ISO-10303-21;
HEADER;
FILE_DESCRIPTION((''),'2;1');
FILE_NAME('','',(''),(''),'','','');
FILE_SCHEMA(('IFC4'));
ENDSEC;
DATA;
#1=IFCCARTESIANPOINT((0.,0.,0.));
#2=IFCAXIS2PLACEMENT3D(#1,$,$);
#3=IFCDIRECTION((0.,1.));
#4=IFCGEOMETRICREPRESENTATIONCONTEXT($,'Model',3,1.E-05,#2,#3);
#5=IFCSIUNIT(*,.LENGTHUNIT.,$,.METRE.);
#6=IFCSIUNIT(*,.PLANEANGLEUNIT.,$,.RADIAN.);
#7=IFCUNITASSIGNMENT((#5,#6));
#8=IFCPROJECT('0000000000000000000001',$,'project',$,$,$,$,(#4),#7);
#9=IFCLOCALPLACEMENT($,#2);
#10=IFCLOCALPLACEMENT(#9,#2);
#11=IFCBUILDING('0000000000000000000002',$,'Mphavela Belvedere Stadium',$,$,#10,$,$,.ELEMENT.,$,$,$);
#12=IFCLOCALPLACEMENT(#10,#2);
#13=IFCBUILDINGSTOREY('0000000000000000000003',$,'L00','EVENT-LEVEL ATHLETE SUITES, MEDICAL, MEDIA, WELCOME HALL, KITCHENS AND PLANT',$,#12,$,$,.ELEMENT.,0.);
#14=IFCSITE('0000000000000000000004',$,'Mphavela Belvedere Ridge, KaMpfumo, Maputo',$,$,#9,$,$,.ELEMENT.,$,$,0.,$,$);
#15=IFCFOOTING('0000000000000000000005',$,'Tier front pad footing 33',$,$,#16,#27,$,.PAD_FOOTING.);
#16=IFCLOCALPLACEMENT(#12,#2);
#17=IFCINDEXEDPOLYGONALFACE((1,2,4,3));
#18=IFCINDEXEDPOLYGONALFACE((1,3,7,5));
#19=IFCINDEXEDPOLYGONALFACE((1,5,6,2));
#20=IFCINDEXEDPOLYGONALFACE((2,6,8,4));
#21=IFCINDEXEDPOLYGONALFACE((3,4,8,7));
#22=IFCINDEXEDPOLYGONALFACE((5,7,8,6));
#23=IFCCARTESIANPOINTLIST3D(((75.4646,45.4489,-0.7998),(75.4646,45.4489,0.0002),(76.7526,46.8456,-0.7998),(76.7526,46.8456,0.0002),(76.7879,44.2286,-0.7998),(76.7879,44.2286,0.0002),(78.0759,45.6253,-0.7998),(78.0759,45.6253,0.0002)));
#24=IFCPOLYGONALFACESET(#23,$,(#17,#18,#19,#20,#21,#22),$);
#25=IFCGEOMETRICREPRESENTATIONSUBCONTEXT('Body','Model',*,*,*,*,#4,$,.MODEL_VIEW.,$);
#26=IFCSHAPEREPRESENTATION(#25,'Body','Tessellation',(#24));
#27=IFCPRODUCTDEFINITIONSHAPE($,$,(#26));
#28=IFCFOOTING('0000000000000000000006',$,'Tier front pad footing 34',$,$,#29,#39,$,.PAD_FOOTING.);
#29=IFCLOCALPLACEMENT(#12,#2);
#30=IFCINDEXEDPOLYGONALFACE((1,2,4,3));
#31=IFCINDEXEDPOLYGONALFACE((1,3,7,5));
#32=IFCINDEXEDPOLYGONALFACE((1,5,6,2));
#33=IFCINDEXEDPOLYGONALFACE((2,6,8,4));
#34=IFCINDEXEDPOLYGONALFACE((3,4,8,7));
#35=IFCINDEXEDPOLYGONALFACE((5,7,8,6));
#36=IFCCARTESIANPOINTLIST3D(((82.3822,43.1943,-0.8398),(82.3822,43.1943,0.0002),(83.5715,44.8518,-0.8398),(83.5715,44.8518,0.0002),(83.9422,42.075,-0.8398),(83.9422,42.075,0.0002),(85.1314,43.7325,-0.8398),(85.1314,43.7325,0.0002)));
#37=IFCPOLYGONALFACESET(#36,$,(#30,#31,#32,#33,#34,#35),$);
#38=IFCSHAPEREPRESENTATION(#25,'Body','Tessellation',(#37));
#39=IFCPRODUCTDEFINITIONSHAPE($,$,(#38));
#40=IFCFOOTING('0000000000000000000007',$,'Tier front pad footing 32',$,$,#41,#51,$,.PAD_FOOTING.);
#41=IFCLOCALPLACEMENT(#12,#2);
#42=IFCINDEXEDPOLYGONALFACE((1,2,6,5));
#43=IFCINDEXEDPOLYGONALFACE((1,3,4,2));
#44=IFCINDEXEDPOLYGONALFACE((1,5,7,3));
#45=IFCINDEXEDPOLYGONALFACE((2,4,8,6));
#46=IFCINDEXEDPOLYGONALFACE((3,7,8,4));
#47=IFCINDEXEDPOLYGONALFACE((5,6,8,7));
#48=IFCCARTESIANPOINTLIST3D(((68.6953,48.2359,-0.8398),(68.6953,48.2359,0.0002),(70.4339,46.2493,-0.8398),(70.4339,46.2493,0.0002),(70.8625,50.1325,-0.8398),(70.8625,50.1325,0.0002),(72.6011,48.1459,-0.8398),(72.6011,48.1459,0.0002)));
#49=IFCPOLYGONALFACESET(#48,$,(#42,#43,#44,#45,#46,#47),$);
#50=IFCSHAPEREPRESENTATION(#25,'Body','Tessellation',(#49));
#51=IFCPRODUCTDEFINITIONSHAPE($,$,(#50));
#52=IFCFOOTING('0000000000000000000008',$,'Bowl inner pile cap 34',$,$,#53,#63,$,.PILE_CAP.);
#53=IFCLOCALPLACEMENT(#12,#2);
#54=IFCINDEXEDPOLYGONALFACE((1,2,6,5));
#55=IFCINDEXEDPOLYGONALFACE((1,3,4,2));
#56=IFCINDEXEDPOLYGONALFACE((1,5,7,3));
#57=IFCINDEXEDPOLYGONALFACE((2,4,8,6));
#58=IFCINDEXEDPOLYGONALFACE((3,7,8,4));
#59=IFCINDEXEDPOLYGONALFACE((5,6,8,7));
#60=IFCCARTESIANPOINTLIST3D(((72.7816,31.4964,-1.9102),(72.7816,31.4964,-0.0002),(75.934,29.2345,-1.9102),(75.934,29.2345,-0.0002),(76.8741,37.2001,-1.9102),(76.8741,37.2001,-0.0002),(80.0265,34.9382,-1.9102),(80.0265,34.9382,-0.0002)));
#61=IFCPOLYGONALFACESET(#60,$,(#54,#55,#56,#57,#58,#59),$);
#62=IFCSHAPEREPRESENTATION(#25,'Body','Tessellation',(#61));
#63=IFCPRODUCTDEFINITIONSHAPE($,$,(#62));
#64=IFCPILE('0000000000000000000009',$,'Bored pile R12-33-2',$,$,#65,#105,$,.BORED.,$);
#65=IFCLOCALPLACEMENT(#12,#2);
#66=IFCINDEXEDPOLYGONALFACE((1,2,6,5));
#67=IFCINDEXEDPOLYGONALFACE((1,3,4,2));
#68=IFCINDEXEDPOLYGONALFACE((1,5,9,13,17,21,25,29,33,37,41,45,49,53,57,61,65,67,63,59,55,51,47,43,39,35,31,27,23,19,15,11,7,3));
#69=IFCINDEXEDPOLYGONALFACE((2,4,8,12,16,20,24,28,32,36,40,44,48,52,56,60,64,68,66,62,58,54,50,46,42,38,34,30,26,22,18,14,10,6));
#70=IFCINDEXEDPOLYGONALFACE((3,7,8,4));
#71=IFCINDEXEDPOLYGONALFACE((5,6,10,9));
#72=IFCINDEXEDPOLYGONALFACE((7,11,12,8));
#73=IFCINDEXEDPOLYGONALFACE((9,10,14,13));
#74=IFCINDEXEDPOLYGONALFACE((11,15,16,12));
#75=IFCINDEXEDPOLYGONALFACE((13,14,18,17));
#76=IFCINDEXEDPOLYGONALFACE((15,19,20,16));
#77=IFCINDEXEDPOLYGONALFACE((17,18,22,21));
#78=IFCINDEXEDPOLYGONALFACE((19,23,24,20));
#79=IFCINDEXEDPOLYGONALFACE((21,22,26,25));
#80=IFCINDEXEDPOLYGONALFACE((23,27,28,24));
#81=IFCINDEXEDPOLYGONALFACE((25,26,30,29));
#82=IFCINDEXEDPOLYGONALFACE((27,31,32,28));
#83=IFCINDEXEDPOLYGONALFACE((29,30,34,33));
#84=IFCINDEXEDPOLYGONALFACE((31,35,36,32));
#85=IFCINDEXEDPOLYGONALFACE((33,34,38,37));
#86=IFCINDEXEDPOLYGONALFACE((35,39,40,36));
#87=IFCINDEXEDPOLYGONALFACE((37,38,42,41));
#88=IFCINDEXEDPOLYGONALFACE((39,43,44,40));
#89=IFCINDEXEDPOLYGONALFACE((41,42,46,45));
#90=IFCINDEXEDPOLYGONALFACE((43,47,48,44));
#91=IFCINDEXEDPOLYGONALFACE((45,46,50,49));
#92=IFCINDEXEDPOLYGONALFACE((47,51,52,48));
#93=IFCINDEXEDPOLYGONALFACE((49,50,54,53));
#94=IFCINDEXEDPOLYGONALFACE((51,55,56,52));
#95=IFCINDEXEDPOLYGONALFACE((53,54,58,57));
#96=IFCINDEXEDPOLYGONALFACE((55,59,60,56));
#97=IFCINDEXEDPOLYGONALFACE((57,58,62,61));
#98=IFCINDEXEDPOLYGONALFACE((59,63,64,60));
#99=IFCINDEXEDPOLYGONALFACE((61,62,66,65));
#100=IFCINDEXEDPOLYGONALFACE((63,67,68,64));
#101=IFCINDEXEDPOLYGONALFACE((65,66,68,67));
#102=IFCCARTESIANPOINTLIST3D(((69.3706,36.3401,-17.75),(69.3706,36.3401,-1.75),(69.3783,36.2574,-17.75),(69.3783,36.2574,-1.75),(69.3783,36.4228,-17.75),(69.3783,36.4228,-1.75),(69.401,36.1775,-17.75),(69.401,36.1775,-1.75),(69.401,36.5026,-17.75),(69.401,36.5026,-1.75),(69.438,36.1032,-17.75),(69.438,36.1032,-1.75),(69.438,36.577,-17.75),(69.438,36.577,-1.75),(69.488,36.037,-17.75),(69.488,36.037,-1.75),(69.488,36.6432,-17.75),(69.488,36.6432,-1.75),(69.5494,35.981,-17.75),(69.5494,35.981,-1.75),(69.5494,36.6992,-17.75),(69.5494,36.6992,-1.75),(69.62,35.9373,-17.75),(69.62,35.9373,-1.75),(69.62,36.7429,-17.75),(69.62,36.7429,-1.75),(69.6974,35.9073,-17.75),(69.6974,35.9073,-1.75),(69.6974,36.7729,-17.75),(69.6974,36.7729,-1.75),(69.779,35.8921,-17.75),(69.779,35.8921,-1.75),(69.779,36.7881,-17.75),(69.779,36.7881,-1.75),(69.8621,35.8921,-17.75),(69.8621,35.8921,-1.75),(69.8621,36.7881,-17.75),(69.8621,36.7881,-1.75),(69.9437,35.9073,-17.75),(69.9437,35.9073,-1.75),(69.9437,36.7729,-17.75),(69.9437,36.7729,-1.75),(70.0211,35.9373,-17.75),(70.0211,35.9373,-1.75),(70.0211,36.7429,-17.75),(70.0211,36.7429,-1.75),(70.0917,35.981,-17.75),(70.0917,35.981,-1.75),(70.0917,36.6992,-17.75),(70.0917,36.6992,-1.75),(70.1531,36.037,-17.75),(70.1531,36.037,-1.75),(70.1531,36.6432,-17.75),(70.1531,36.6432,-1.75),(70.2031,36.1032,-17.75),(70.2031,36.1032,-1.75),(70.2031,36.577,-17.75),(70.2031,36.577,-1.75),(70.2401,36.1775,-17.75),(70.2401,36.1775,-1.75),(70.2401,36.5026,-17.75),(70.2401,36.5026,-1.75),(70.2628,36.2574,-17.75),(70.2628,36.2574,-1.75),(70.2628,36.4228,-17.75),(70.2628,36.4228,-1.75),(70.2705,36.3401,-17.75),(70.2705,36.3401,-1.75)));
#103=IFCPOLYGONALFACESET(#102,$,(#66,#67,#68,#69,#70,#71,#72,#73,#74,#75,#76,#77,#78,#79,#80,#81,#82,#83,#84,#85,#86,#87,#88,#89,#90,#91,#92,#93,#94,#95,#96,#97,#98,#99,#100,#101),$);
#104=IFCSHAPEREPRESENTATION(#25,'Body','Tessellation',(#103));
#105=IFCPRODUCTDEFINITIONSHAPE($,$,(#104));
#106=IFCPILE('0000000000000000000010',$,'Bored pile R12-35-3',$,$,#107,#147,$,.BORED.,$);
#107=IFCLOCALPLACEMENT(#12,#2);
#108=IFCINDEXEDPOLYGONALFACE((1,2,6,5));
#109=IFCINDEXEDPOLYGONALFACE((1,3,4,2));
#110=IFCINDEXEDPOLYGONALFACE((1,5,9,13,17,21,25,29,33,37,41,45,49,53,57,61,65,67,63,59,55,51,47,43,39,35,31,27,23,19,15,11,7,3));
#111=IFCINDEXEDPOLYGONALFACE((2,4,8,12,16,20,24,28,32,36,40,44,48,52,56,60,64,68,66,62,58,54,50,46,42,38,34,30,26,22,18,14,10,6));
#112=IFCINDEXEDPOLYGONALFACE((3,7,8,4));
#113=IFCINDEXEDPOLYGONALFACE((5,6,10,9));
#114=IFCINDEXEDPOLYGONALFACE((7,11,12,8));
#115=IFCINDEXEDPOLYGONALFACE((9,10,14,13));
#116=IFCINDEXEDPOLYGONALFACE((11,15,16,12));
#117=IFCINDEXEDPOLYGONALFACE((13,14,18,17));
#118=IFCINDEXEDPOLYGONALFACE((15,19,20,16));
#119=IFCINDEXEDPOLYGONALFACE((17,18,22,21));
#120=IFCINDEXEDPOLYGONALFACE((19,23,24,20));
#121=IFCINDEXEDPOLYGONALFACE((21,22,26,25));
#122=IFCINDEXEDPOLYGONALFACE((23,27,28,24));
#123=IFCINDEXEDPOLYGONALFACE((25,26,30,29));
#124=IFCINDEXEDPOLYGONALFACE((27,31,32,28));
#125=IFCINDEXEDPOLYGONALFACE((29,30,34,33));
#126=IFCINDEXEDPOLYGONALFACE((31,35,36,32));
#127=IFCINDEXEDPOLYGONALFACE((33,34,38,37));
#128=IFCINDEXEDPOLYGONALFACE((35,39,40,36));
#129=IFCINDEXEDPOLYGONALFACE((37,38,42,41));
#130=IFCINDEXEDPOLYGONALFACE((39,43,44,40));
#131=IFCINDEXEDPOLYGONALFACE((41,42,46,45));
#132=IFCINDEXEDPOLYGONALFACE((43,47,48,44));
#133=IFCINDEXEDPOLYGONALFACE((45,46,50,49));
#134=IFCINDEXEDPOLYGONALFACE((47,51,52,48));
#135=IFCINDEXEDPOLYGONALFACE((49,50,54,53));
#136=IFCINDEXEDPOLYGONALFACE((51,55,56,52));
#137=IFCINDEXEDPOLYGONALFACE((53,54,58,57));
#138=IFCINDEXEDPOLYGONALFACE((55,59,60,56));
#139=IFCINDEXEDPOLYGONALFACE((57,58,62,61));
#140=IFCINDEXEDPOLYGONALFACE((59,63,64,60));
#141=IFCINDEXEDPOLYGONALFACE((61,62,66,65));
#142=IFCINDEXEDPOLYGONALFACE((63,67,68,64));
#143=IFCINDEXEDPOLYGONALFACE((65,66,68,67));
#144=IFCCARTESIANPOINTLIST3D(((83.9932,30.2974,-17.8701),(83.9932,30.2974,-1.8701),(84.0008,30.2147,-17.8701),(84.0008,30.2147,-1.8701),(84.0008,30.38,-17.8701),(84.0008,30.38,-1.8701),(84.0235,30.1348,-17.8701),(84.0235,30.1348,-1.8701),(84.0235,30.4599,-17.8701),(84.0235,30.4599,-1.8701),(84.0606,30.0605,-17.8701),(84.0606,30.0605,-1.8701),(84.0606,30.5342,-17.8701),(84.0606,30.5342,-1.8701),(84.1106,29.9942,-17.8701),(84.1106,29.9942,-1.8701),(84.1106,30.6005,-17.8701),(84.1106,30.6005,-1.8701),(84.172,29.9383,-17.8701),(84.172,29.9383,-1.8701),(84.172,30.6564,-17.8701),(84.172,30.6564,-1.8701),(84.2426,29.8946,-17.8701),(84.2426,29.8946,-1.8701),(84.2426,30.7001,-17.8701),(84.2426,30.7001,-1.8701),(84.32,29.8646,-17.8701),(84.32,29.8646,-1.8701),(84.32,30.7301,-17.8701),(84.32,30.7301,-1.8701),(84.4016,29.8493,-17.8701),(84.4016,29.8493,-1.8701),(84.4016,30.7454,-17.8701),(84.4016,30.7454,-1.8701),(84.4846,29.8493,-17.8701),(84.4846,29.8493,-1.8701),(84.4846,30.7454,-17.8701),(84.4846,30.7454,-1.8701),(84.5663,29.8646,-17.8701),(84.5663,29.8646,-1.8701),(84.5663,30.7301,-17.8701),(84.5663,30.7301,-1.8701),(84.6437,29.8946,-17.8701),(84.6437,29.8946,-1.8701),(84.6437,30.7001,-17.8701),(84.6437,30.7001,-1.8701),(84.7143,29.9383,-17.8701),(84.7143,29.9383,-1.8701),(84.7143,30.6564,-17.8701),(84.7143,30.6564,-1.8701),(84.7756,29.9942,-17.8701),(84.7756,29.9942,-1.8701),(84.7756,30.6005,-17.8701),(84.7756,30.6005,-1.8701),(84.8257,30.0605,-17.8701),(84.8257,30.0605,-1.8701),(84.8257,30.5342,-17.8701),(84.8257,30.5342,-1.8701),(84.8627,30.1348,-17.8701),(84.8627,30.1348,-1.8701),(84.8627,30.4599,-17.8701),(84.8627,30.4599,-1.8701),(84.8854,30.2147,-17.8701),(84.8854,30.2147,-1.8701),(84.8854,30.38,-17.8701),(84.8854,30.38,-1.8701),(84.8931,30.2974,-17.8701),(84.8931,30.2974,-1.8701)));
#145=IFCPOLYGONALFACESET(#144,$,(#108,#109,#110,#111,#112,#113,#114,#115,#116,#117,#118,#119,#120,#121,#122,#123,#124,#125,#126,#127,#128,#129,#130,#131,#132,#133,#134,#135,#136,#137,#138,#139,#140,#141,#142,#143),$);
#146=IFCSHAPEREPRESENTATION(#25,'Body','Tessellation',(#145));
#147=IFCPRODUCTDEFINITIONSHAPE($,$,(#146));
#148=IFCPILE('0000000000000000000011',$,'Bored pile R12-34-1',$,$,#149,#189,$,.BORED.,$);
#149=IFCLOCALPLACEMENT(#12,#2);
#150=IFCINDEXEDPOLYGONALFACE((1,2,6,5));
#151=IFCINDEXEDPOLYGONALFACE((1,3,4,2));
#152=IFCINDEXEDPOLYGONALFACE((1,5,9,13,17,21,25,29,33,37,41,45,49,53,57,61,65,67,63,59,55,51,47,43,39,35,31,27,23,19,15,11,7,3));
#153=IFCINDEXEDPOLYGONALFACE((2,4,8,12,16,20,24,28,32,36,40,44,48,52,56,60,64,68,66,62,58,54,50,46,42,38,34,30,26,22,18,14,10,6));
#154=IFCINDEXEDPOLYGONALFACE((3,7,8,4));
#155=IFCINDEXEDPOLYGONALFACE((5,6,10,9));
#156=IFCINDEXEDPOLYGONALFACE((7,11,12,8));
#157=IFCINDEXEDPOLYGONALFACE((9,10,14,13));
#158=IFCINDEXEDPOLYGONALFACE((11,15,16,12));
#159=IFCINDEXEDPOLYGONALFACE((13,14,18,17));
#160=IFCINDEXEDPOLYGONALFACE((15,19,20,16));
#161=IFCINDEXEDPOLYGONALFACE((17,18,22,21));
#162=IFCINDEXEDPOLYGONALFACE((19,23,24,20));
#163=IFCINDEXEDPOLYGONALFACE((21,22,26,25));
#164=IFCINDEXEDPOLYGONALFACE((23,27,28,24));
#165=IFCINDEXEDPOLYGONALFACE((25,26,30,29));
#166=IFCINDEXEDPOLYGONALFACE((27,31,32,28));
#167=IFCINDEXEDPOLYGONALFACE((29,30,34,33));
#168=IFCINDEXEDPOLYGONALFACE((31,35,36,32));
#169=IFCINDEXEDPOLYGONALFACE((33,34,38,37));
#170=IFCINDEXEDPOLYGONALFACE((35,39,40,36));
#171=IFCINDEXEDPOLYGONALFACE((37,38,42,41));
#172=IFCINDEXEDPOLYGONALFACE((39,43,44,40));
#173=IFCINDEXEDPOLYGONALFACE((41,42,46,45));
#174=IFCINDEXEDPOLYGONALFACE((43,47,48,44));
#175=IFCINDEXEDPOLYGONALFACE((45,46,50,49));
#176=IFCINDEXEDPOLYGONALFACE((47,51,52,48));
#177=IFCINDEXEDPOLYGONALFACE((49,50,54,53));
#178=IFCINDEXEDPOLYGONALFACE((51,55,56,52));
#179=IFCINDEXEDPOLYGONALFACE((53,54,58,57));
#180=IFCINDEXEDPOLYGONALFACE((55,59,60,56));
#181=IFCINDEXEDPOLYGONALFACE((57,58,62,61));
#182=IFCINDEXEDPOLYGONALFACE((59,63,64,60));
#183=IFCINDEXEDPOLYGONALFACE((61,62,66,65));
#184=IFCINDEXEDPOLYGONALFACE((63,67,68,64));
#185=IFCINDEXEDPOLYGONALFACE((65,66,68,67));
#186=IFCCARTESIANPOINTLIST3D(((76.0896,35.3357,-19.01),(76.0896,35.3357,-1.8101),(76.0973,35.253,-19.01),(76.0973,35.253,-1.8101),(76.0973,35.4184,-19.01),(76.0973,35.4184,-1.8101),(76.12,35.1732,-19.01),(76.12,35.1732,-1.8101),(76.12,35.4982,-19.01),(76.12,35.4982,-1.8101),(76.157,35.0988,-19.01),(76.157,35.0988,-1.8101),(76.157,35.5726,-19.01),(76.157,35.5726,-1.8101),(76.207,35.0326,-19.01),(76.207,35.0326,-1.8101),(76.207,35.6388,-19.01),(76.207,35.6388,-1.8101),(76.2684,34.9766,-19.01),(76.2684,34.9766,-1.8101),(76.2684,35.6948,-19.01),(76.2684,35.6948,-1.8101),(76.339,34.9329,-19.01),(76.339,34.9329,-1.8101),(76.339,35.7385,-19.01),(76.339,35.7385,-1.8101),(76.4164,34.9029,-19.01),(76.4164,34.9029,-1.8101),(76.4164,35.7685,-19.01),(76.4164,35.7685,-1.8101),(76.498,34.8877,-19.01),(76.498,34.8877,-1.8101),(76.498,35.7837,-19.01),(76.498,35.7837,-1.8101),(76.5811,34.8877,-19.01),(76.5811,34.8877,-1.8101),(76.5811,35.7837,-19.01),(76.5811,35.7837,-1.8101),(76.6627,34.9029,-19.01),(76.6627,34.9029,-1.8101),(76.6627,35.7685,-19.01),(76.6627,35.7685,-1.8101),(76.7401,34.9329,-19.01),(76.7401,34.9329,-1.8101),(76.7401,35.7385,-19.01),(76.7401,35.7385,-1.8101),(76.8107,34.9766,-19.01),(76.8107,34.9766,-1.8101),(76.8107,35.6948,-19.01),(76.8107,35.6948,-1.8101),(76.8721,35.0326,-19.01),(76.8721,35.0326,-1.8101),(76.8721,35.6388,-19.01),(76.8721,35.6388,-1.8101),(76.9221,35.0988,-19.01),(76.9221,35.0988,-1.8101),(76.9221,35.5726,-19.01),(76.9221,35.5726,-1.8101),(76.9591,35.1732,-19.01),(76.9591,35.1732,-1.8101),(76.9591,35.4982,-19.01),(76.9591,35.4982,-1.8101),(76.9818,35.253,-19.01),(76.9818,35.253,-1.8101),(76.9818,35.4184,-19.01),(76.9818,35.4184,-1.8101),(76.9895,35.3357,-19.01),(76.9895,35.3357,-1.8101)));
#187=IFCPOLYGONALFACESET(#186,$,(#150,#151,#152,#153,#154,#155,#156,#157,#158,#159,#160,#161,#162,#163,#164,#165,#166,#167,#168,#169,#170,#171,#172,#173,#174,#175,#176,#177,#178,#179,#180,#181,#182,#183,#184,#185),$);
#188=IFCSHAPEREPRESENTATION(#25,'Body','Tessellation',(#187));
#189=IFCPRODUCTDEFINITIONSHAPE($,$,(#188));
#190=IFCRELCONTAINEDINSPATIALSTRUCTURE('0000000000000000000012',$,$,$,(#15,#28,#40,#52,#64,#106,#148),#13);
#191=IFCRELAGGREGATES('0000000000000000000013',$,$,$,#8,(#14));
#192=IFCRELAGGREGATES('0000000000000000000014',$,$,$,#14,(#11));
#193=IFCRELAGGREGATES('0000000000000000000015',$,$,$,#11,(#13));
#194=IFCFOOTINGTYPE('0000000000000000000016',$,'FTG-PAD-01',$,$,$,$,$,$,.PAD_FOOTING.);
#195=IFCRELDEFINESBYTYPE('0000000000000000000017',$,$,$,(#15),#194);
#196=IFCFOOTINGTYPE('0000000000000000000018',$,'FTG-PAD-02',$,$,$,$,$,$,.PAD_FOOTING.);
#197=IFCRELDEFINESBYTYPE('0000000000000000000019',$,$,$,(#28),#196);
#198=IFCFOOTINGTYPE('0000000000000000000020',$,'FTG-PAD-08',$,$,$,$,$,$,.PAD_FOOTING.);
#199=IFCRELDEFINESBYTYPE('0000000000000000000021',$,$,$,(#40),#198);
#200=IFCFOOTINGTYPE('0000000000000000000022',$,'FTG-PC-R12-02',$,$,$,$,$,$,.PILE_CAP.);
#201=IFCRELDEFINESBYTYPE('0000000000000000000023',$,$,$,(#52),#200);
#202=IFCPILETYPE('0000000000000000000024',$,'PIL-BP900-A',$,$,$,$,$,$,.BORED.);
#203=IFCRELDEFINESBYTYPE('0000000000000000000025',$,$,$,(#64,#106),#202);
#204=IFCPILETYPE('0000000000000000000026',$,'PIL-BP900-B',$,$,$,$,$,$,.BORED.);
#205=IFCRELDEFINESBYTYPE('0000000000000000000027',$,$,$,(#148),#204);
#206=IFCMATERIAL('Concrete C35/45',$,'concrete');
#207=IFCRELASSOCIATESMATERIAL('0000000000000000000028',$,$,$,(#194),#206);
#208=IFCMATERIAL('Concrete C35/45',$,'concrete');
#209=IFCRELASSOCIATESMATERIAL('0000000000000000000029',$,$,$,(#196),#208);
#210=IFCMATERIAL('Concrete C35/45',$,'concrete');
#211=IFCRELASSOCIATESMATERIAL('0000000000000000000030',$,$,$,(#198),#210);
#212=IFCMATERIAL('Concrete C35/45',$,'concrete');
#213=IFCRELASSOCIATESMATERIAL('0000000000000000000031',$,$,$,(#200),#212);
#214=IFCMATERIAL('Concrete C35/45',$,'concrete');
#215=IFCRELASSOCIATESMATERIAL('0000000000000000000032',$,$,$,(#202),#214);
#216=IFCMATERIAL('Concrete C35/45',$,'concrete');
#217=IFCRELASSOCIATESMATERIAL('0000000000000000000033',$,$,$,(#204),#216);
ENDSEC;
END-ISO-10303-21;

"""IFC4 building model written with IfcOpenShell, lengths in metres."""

from ifc_helpers import new_model, si_unit, direction, frame, origin, origin_2d, place, context, subcontext, project, spatial, rectangle, circle, extrude, material, material_profile, profile_set, type_object, element, save


model = new_model("IFC4")

# Units and contexts
model_context = context("Model", 3, precision=1e-05, world=origin(), true_north=direction((0.0, 1.0)))
body_context = subcontext(model_context, "Body", "Model", "MODEL_VIEW")
ifc_project = project(units=[si_unit("LENGTHUNIT", "METRE"), si_unit("PLANEANGLEUNIT", "RADIAN")], contexts=[model_context])

# Site, building, storey
site_placement = place(None, origin())
site = spatial("IfcSite", under=ifc_project, at=site_placement, Name="Mphavela Belvedere Ridge, KaMpfumo, Maputo", CompositionType="ELEMENT", RefElevation=0.0)
building_placement = place(site_placement, origin())
building = spatial("IfcBuilding", under=site, at=building_placement, Name="Mphavela Belvedere Stadium", CompositionType="ELEMENT")
storey_placement = place(building_placement, origin())
storey = spatial("IfcBuildingStorey", under=building, at=storey_placement, Name="L00", Description="EVENT-LEVEL ATHLETE SUITES, MEDICAL, MEDIA, WELCOME HALL, KITCHENS AND PLANT", CompositionType="ELEMENT", Elevation=0.0)

# Footings
ifc_material_1 = material(Name="Concrete C35/45", Category="concrete")
footing_type_1 = type_object("IfcFootingType", Name="FTG-PAD-01", PredefinedType="PAD_FOOTING", material=ifc_material_1)
footing_1_placement = place(storey_placement, frame((76.7703, 45.5371, -0.7998), z_axis=(0.0, 0.0, 1.0), x_axis=(-0.677903, -0.735151, 0.0)))
element("IfcFooting", 1, at=footing_1_placement, inside=storey, type_object=footing_type_1, Name="Tier front pad footing 33", PredefinedType="PAD_FOOTING", context=body_context, shape_type="SweptSolid", body=[
    extrude(rectangle(XDim=1.8999, YDim=1.8, at=origin_2d()), origin(), (0.0, 0.0, 1.0), 0.8),
])
ifc_material_2 = material(Name="Concrete C35/45", Category="concrete")
footing_type_2 = type_object("IfcFootingType", Name="FTG-PAD-02", PredefinedType="PAD_FOOTING", material=ifc_material_2)
footing_2_placement = place(storey_placement, frame((83.7568, 43.4634, -0.8398), z_axis=(0.0, 0.0, 1.0), x_axis=(-0.582974, -0.812491, 0.0)))
element("IfcFooting", 2, at=footing_2_placement, inside=storey, type_object=footing_type_2, Name="Tier front pad footing 34", PredefinedType="PAD_FOOTING", context=body_context, shape_type="SweptSolid", body=[
    extrude(rectangle(XDim=2.04, YDim=1.9199, at=origin_2d()), origin(), (0.0, 0.0, 1.0), 0.8401),
])
ifc_material_3 = material(Name="Concrete C35/45", Category="concrete")
footing_type_3 = type_object("IfcFootingType", Name="FTG-PAD-08", PredefinedType="PAD_FOOTING", material=ifc_material_3)
footing_3_placement = place(storey_placement, frame((70.6482, 48.1909, -0.8398), z_axis=(0.0, 0.0, 1.0), x_axis=(-0.75253, -0.658558, 0.0)))
element("IfcFooting", 3, at=footing_3_placement, inside=storey, type_object=footing_type_3, Name="Tier front pad footing 32", PredefinedType="PAD_FOOTING", context=body_context, shape_type="SweptSolid", body=[
    extrude(rectangle(XDim=2.8799, YDim=2.6399, at=origin_2d()), origin(), (0.0, 0.0, 1.0), 0.8401),
])
ifc_material_4 = material(Name="Concrete C35/45", Category="concrete")
footing_type_4 = type_object("IfcFootingType", Name="FTG-PC-R12-02", PredefinedType="PILE_CAP", material=ifc_material_4)
footing_4_placement = place(storey_placement, frame((76.4041, 33.2173, -1.9102), z_axis=(0.0, 0.0, 1.0), x_axis=(-0.582974, -0.812491, 0.0)))
element("IfcFooting", 4, at=footing_4_placement, inside=storey, type_object=footing_type_4, Name="Bowl inner pile cap 34", PredefinedType="PILE_CAP", context=body_context, shape_type="SweptSolid", body=[
    extrude(rectangle(XDim=7.02, YDim=3.8799, at=origin_2d()), origin(), (0.0, 0.0, 1.0), 1.9099),
])

# Piles
ifc_material_5 = material(Name="Concrete C35/45", Category="concrete")
ifc_material_profile_1 = material_profile(ifc_material_5, circle(Radius=0.45, at=origin_2d()), Name="BP D900")
ifc_profile_set_1 = profile_set([ifc_material_profile_1], Name="Concrete C35/45")
pile_type_1 = type_object("IfcPileType", Name="PIL-BP900-A", PredefinedType="BORED", material=ifc_profile_set_1)
for number, where, z_axis, x_axis, name in (
    (5, (69.8206, 36.3401, -1.75), (0.0, 0.0, -1.0), (1.0, 0.0, 0.0), "Bored pile R12-33-2"),
    (6, (84.4431, 30.2974, -1.8701), (0.0, 0.0, -1.0), (1.0, 0.0, 0.0), "Bored pile R12-35-3"),
):
    element("IfcPile", number, at=place(storey_placement, frame(where, z_axis=z_axis, x_axis=x_axis)), inside=storey, type_object=pile_type_1, Name=name, PredefinedType="BORED", context=body_context, shape_type="SweptSolid", body=[
        extrude(circle(Radius=0.45, at=origin_2d()), origin(), (0.0, 0.0, 1.0), 16.0),
    ])
ifc_material_6 = material(Name="Concrete C35/45", Category="concrete")
ifc_material_profile_2 = material_profile(ifc_material_6, circle(Radius=0.45, at=origin_2d()), Name="BP D900")
ifc_profile_set_2 = profile_set([ifc_material_profile_2], Name="Concrete C35/45")
pile_type_2 = type_object("IfcPileType", Name="PIL-BP900-B", PredefinedType="BORED", material=ifc_profile_set_2)
for number, where, z_axis, x_axis, name in (
    (7, (76.5396, 35.3357, -1.8101), (0.0, 0.0, -1.0), (1.0, 0.0, 0.0), "Bored pile R12-34-1"),
):
    element("IfcPile", number, at=place(storey_placement, frame(where, z_axis=z_axis, x_axis=x_axis)), inside=storey, type_object=pile_type_2, Name=name, PredefinedType="BORED", context=body_context, shape_type="SweptSolid", body=[
        extrude(circle(Radius=0.45, at=origin_2d()), origin(), (0.0, 0.0, 1.0), 17.2),
    ])

save(model, "model.ifc")
